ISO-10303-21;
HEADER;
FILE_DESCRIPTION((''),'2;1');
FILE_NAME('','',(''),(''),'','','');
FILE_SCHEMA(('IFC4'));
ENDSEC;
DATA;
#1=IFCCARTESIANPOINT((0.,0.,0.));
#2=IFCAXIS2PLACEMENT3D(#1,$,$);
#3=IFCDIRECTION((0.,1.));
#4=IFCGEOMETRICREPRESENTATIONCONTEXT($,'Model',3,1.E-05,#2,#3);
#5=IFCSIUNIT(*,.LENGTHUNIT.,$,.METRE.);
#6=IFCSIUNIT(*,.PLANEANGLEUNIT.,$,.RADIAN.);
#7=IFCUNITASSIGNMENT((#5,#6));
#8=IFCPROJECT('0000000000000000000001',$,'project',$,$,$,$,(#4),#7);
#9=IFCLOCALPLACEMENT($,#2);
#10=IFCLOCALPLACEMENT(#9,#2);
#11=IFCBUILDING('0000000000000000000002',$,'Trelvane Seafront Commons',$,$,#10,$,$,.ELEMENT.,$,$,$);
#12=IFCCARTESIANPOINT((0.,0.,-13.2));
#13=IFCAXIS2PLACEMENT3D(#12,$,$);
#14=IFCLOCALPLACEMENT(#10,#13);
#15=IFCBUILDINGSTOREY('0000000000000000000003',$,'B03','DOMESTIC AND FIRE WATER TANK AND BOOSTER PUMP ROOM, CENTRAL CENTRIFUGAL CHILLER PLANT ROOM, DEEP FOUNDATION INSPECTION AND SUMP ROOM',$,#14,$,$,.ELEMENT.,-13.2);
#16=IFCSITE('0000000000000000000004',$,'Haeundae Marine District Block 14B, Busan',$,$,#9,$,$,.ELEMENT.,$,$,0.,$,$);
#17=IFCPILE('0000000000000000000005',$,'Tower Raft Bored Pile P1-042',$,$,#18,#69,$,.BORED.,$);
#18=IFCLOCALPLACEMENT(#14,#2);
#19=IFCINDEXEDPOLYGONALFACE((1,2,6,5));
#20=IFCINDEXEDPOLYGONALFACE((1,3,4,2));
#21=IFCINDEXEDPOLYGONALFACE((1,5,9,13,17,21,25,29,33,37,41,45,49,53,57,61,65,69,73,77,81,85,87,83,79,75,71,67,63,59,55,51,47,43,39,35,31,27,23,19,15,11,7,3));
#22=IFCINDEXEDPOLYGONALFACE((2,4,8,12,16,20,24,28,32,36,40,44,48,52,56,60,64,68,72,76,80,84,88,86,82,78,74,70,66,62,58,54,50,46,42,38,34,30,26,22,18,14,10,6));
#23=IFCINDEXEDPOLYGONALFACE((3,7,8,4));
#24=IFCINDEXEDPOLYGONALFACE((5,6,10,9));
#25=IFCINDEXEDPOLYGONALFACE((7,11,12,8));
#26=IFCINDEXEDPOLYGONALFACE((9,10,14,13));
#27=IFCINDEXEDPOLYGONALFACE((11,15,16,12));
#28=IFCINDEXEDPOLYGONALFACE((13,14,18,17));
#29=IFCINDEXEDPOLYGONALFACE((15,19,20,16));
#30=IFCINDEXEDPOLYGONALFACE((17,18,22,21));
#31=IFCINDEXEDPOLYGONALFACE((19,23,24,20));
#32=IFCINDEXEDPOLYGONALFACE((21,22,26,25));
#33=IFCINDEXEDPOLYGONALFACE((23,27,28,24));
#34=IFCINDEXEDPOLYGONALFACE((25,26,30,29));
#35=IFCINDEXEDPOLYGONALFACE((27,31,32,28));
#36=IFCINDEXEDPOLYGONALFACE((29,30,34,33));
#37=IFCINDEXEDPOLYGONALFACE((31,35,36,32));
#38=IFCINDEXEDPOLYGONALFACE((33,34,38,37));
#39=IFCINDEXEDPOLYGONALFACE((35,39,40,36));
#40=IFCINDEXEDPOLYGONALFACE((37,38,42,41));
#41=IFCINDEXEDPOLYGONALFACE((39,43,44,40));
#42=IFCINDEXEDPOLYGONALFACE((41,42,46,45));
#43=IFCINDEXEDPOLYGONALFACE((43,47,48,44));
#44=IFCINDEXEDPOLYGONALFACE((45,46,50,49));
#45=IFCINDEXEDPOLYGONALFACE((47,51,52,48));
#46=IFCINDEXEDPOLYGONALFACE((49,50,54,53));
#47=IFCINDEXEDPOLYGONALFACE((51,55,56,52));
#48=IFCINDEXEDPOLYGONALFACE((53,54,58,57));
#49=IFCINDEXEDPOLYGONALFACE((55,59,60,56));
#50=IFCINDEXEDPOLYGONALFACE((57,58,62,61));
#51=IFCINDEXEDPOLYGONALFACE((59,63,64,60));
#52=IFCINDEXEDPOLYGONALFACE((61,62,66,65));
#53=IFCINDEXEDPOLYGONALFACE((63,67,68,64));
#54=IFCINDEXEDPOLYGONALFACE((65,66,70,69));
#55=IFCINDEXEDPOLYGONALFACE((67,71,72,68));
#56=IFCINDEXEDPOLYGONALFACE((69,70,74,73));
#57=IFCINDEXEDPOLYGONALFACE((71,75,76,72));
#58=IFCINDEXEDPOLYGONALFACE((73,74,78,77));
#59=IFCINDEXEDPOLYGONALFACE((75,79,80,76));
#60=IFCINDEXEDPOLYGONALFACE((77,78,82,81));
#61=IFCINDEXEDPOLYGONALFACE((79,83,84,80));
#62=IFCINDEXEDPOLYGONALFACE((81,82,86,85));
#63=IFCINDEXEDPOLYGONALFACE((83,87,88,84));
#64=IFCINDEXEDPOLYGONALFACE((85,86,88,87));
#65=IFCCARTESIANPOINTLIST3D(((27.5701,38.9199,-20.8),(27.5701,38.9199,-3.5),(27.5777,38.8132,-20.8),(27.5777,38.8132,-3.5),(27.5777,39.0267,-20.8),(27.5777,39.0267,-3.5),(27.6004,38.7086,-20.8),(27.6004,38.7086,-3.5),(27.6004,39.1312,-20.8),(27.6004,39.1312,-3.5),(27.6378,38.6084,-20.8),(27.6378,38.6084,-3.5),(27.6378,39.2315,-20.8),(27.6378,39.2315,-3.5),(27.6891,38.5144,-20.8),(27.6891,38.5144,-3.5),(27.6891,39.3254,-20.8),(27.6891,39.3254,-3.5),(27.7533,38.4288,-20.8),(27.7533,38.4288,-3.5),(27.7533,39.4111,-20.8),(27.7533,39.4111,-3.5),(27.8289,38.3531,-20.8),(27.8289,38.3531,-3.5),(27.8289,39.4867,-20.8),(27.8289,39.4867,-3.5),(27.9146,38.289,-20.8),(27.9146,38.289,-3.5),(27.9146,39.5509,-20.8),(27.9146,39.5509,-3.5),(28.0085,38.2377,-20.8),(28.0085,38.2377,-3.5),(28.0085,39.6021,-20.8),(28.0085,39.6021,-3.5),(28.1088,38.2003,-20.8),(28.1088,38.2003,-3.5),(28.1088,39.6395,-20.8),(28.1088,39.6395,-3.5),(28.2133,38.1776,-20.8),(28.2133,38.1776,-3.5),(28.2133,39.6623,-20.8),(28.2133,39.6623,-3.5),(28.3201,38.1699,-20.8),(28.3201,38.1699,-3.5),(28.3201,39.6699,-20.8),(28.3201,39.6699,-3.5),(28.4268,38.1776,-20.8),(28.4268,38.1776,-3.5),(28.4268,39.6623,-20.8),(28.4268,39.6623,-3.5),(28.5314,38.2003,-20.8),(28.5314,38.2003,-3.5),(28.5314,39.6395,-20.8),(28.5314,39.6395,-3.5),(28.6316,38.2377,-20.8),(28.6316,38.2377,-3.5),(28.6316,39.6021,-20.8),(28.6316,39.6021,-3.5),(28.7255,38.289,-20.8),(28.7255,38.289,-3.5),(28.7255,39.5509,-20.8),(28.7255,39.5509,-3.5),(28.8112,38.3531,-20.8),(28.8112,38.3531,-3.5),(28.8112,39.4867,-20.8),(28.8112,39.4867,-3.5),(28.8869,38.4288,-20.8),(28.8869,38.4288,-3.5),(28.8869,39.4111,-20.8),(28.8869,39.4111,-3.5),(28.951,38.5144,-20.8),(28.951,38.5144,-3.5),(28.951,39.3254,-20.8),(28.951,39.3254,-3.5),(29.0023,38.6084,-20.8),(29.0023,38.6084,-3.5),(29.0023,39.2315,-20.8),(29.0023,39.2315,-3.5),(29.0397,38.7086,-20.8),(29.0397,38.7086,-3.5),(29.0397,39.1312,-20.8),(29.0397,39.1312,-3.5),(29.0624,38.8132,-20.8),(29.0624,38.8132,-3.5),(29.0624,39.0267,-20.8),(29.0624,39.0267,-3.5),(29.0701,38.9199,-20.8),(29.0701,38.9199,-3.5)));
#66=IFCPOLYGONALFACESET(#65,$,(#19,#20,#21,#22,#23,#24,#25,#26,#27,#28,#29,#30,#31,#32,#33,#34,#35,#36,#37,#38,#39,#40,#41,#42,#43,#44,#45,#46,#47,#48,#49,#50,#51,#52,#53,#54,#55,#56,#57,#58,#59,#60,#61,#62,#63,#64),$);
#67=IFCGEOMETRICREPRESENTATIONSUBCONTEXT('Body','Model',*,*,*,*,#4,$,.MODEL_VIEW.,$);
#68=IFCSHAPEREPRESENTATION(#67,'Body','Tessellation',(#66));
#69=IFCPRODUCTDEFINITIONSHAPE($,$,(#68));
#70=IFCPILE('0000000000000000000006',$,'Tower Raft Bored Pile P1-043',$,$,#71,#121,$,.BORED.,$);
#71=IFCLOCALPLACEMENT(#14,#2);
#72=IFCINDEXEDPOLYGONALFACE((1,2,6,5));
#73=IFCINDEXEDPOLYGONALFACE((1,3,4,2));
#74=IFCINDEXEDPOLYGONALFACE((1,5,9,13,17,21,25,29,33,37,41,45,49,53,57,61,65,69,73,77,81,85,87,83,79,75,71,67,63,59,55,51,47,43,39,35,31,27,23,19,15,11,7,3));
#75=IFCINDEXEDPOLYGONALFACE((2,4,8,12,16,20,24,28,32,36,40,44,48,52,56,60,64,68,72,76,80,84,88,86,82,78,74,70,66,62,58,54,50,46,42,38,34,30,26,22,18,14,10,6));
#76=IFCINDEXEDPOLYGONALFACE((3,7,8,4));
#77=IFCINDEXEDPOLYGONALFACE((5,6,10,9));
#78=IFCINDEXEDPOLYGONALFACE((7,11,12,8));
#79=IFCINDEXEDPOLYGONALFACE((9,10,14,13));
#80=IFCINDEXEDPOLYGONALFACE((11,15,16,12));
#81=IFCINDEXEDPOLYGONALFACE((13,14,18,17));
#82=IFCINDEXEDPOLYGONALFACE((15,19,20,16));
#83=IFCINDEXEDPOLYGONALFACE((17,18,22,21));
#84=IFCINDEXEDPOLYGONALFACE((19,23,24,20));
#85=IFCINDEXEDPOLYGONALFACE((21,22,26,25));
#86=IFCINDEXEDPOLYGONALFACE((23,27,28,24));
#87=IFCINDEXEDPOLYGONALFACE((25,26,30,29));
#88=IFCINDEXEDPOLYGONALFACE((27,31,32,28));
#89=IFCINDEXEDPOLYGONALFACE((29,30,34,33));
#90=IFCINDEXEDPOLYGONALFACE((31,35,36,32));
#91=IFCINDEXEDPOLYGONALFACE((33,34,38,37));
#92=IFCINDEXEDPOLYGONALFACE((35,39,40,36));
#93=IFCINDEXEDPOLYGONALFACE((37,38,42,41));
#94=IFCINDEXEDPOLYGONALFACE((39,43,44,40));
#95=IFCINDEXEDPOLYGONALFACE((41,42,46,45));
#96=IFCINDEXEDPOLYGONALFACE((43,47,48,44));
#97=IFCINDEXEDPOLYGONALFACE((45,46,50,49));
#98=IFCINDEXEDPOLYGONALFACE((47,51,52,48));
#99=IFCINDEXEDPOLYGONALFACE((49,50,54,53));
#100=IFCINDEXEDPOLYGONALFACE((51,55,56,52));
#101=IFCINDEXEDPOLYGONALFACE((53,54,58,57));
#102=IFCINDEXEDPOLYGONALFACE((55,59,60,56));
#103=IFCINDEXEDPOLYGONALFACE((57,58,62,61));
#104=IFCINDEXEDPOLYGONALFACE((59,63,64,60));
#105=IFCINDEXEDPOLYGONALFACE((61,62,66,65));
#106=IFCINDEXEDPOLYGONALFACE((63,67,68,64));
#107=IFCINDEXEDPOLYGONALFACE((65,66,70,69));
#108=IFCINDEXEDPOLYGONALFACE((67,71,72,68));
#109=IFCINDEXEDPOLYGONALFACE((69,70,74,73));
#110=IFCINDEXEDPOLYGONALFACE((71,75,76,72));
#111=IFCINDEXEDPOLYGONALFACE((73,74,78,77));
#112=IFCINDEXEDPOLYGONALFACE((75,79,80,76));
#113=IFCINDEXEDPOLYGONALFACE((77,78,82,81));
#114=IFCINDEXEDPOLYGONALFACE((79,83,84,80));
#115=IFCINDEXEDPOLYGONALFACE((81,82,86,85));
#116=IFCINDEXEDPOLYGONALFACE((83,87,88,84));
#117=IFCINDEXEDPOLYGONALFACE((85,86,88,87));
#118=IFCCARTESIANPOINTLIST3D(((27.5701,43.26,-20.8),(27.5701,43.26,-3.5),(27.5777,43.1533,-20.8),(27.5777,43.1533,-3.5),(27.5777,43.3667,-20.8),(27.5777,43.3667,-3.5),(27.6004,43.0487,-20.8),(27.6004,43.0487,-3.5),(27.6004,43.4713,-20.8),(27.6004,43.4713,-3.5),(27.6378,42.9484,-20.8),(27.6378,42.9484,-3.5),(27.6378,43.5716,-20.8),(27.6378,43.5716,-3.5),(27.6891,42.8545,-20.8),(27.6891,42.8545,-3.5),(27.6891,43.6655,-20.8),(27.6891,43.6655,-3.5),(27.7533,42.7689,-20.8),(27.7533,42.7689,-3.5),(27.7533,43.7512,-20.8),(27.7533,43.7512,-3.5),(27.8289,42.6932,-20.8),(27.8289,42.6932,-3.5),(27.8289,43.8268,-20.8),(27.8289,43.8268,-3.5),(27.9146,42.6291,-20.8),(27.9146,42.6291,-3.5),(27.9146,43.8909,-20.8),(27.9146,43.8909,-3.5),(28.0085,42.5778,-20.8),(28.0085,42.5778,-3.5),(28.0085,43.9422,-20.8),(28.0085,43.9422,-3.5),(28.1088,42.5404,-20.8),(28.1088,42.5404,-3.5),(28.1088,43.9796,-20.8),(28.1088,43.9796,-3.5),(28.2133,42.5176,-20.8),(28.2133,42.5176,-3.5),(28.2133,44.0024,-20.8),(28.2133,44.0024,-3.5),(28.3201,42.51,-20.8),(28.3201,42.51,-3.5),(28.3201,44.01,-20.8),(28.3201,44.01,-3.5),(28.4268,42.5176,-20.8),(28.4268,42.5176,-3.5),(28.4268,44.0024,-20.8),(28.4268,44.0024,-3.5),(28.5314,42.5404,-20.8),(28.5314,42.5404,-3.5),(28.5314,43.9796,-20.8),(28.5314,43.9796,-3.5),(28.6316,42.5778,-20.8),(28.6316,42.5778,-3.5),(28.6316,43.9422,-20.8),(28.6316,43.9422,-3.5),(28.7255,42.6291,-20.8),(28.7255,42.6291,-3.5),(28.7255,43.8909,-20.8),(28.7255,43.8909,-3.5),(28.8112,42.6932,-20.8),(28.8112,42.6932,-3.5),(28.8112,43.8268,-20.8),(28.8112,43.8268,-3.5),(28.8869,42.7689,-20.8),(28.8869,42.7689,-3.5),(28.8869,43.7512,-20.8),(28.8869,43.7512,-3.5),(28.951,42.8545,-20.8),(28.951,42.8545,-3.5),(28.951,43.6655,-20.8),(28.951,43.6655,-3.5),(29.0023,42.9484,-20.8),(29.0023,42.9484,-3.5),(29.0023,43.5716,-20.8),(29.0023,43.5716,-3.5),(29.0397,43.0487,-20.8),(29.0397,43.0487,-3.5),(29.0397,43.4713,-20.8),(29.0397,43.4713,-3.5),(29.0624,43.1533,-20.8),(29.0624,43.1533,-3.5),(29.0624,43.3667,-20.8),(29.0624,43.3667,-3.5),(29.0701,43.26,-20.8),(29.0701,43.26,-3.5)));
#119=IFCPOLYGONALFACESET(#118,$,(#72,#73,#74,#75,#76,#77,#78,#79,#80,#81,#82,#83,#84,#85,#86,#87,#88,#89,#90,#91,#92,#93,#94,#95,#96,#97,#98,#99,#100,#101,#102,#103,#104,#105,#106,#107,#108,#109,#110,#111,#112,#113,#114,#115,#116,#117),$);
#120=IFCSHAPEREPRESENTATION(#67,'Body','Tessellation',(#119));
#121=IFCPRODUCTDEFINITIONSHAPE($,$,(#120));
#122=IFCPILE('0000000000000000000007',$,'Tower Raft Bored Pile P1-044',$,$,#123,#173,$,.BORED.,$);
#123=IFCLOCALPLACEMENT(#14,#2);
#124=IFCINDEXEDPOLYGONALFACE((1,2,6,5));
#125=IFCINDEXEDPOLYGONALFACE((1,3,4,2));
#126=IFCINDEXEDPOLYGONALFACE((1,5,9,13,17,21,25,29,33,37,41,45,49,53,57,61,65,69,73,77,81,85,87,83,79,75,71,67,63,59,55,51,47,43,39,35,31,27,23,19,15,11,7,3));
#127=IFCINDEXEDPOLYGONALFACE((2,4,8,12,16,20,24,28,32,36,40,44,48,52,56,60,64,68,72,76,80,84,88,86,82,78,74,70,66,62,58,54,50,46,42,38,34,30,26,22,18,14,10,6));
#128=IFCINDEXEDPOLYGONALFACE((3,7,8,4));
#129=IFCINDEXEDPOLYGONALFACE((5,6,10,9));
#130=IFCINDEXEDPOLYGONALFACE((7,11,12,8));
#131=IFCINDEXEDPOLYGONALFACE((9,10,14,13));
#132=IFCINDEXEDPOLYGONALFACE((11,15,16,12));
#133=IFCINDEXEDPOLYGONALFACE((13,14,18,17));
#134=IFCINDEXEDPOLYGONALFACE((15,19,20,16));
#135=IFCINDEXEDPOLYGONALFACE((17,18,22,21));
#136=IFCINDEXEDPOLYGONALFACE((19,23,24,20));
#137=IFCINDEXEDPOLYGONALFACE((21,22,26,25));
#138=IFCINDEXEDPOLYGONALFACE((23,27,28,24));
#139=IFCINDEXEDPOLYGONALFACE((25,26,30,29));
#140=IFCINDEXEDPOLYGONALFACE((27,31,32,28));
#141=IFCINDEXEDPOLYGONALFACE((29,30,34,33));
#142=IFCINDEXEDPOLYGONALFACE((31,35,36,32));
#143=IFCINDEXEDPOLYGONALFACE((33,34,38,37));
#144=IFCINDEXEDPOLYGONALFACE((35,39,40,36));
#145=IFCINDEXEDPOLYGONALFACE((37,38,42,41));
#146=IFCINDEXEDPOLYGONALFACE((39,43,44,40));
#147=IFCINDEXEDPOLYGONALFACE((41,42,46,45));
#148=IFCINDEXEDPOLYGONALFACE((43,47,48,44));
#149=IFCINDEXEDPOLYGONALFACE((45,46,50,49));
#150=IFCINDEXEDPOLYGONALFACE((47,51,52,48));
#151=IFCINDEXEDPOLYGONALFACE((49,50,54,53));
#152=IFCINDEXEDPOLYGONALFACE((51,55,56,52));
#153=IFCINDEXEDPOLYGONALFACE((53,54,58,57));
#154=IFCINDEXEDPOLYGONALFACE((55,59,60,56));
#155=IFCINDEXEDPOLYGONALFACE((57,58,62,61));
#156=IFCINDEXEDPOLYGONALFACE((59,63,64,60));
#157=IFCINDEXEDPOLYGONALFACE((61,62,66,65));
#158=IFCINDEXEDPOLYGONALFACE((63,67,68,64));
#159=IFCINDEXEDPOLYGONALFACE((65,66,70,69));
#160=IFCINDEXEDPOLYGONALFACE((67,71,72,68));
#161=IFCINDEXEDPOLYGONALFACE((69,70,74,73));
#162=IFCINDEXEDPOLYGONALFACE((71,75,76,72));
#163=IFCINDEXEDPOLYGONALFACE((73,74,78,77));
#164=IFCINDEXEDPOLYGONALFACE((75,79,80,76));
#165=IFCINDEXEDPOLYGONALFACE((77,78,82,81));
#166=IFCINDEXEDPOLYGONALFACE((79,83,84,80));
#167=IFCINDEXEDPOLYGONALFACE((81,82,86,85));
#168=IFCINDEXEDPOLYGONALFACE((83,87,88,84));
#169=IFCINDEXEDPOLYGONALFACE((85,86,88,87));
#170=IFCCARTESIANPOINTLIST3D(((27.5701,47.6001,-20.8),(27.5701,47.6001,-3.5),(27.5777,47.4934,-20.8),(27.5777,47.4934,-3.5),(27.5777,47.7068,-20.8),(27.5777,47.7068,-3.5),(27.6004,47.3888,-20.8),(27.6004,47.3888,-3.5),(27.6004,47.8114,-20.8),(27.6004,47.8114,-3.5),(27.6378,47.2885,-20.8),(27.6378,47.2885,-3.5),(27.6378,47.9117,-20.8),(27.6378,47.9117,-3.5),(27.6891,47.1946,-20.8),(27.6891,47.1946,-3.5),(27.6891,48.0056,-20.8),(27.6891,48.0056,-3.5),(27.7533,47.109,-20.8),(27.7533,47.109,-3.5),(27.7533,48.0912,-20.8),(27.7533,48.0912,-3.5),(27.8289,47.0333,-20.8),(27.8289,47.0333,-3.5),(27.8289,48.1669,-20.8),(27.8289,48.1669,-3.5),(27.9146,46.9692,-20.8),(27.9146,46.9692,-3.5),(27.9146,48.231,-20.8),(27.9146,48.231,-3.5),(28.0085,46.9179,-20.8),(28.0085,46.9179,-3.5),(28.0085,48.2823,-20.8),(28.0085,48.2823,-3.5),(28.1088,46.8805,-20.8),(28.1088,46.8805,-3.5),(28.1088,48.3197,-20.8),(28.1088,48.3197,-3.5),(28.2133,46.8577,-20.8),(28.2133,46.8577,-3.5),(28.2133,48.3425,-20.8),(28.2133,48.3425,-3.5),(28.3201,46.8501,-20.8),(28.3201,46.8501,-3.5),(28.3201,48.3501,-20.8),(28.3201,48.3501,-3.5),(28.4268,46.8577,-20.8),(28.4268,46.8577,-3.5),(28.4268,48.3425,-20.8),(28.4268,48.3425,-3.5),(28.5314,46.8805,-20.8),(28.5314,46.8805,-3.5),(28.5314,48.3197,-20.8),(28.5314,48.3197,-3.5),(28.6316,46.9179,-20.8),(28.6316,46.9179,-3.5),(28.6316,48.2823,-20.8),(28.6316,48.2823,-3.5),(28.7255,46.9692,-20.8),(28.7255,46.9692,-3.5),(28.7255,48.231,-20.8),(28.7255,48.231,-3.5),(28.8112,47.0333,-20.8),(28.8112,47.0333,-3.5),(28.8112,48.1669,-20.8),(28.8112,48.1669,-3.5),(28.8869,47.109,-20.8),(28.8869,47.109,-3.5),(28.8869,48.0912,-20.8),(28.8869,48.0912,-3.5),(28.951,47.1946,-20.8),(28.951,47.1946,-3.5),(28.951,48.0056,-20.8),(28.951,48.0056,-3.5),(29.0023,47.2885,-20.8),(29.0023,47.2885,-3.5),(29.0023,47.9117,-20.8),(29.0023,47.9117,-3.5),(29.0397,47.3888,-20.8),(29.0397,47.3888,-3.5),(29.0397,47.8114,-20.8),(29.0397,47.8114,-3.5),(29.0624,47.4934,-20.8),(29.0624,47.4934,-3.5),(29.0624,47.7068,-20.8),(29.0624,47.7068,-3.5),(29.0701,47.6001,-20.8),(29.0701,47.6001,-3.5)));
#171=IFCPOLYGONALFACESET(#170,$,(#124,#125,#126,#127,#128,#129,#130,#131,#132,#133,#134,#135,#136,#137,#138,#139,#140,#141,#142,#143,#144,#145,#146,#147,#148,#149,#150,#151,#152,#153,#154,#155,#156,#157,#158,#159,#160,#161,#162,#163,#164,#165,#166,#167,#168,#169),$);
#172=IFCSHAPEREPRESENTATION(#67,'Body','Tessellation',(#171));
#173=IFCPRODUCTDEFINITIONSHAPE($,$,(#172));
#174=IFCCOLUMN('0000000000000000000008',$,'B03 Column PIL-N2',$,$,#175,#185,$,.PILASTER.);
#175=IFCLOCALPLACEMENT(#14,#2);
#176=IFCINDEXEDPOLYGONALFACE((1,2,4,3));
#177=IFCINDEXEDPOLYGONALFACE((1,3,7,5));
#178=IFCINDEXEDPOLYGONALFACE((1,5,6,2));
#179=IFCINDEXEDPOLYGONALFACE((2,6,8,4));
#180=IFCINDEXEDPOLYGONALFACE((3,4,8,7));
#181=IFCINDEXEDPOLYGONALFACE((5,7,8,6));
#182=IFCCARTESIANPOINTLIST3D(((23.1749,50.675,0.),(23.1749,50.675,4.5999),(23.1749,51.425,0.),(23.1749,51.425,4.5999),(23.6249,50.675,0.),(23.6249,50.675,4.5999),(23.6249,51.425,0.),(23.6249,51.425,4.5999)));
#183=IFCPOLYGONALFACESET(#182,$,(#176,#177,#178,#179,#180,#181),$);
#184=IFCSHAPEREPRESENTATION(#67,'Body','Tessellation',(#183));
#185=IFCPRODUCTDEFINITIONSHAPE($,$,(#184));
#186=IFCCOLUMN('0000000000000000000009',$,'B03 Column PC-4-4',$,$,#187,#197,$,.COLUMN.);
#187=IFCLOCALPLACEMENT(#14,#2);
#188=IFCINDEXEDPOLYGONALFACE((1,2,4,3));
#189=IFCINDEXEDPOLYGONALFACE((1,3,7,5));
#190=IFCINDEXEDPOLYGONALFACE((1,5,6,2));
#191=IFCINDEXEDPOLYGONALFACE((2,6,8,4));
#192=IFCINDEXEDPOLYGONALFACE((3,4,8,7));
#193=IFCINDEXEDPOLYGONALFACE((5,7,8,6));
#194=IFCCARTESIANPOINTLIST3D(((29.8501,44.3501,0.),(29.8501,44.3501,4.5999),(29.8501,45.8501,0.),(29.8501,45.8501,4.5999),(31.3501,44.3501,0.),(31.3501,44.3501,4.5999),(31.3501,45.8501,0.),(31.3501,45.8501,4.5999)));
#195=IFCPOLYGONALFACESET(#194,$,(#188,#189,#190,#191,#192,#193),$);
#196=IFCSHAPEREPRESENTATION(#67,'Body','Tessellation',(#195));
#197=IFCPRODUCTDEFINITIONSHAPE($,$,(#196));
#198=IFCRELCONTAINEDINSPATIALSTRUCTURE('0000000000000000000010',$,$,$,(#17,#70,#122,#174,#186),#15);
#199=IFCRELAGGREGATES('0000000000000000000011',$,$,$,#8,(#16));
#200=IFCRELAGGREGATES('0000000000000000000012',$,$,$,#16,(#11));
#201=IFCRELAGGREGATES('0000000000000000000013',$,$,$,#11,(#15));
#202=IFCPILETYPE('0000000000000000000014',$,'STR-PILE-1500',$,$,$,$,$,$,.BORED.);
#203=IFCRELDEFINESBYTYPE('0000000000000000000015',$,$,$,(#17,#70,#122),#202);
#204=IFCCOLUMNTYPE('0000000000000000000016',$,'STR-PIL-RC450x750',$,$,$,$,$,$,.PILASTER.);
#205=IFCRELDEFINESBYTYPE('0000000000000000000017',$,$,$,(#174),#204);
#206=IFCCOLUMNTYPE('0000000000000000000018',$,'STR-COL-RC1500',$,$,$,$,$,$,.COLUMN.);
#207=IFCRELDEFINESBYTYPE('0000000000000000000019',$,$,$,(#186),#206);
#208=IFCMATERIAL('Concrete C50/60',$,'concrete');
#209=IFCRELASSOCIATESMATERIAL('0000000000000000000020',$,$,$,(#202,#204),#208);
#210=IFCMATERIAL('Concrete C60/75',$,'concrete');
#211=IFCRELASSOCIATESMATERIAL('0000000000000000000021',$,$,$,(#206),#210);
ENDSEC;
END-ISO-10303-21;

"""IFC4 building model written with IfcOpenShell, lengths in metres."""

from ifc_helpers import new_model, si_unit, direction, frame, origin, origin_2d, place, context, subcontext, project, spatial, rectangle, circle, extrude, source, transform, mapped, material, material_profile, profile_set, type_object, element, save


model = new_model("IFC4")

# Units and contexts
model_context = context("Model", 3, precision=1e-05, world=origin(), true_north=direction((0.0, 1.0)))
body_context = subcontext(model_context, "Body", "Model", "MODEL_VIEW")
ifc_project = project(units=[si_unit("LENGTHUNIT", "METRE"), si_unit("PLANEANGLEUNIT", "RADIAN")], contexts=[model_context])

# Site, building, storey
site_placement = place(None, origin())
site = spatial("IfcSite", under=ifc_project, at=site_placement, Name="Haeundae Marine District Block 14B, Busan", CompositionType="ELEMENT", RefElevation=0.0)
building_placement = place(site_placement, origin())
building = spatial("IfcBuilding", under=site, at=building_placement, Name="Trelvane Seafront Commons", CompositionType="ELEMENT")
storey_placement = place(building_placement, frame((0.0, 0.0, -13.2)))
storey = spatial("IfcBuildingStorey", under=building, at=storey_placement, Name="B03", Description="DOMESTIC AND FIRE WATER TANK AND BOOSTER PUMP ROOM, CENTRAL CENTRIFUGAL CHILLER PLANT ROOM, DEEP FOUNDATION INSPECTION AND SUMP ROOM", CompositionType="ELEMENT", Elevation=-13.2)

# Piles
ifc_material_1 = material(Name="Concrete C50/60", Category="concrete")
ifc_material_profile_1 = material_profile(ifc_material_1, circle(Radius=0.75, at=origin_2d()), Name="PILE-1500")
ifc_profile_set_1 = profile_set([ifc_material_profile_1], Name="Concrete C50/60")
pile_type = type_object("IfcPileType", Name="STR-PILE-1500", PredefinedType="BORED", material=ifc_profile_set_1)
shared_shape_1 = source(origin(), body_context, "Body", "SweptSolid", [
    extrude(circle(Radius=0.75, at=origin_2d()), origin(), (0.0, 0.0, 1.0), 17.3),
])
for number, where, z_axis, x_axis, name in (
    (1, (28.3201, 38.9199, -3.5), (0.0, 0.0, -1.0), (1.0, 0.0, 0.0), "Tower Raft Bored Pile P1-042"),
    (2, (28.3201, 43.26, -3.5), (0.0, 0.0, -1.0), (1.0, 0.0, 0.0), "Tower Raft Bored Pile P1-043"),
    (3, (28.3201, 47.6001, -3.5), (0.0, 0.0, -1.0), (1.0, 0.0, 0.0), "Tower Raft Bored Pile P1-044"),
):
    element("IfcPile", number, at=place(storey_placement, frame(where, z_axis=z_axis, x_axis=x_axis)), inside=storey, type_object=pile_type, Name=name, PredefinedType="BORED", context=body_context, shape_type="MappedRepresentation", body=[
        mapped(shared_shape_1, transform((0.0, 0.0, 0.0), x_axis=(1.0, 0.0, 0.0), y_axis=(0.0, 1.0, 0.0), z_axis=(0.0, 0.0, 1.0), scale=1.0)),
    ])

# Columns
ifc_material_profile_2 = material_profile(ifc_material_1, rectangle(XDim=0.45, YDim=0.75, at=origin_2d()), Name="RC-450x750")
ifc_profile_set_2 = profile_set([ifc_material_profile_2], Name="Concrete C50/60")
column_type_1 = type_object("IfcColumnType", Name="STR-PIL-RC450x750", PredefinedType="PILASTER", material=ifc_profile_set_2)
shared_shape_2 = source(origin(), body_context, "Body", "SweptSolid", [
    extrude(rectangle(XDim=0.45, YDim=0.75, at=origin_2d()), origin(), (0.0, 0.0, 1.0), 4.5999),
])
column_placement = place(storey_placement, frame((23.3999, 51.05, 0.0), z_axis=(0.0, 0.0, 1.0), x_axis=(1.0, 0.0, 0.0)))
element("IfcColumn", 4, at=column_placement, inside=storey, type_object=column_type_1, Name="B03 Column PIL-N2", PredefinedType="PILASTER", context=body_context, shape_type="MappedRepresentation", body=[
    mapped(shared_shape_2, transform((0.0, 0.0, 0.0), x_axis=(1.0, 0.0, 0.0), y_axis=(0.0, 1.0, 0.0), z_axis=(0.0, 0.0, 1.0), scale=1.0)),
])
ifc_material_2 = material(Name="Concrete C60/75", Category="concrete")
ifc_material_profile_3 = material_profile(ifc_material_2, rectangle(XDim=1.5, YDim=1.5, at=origin_2d()), Name="RC-1500x1500")
ifc_profile_set_3 = profile_set([ifc_material_profile_3], Name="Concrete C60/75")
column_type_2 = type_object("IfcColumnType", Name="STR-COL-RC1500", PredefinedType="COLUMN", material=ifc_profile_set_3)
shared_shape_3 = source(origin(), body_context, "Body", "SweptSolid", [
    extrude(rectangle(XDim=1.5, YDim=1.5, at=origin_2d()), origin(), (0.0, 0.0, 1.0), 4.5999),
])
for number, where, z_axis, x_axis, name in (
    (5, (30.6001, 45.1001, 0.0), (0.0, 0.0, 1.0), (1.0, 0.0, 0.0), "B03 Column PC-4-4"),
):
    element("IfcColumn", number, at=place(storey_placement, frame(where, z_axis=z_axis, x_axis=x_axis)), inside=storey, type_object=column_type_2, Name=name, PredefinedType="COLUMN", context=body_context, shape_type="MappedRepresentation", body=[
        mapped(shared_shape_3, transform((0.0, 0.0, 0.0), x_axis=(1.0, 0.0, 0.0), y_axis=(0.0, 1.0, 0.0), z_axis=(0.0, 0.0, 1.0), scale=1.0)),
    ])

save(model, "model.ifc")
